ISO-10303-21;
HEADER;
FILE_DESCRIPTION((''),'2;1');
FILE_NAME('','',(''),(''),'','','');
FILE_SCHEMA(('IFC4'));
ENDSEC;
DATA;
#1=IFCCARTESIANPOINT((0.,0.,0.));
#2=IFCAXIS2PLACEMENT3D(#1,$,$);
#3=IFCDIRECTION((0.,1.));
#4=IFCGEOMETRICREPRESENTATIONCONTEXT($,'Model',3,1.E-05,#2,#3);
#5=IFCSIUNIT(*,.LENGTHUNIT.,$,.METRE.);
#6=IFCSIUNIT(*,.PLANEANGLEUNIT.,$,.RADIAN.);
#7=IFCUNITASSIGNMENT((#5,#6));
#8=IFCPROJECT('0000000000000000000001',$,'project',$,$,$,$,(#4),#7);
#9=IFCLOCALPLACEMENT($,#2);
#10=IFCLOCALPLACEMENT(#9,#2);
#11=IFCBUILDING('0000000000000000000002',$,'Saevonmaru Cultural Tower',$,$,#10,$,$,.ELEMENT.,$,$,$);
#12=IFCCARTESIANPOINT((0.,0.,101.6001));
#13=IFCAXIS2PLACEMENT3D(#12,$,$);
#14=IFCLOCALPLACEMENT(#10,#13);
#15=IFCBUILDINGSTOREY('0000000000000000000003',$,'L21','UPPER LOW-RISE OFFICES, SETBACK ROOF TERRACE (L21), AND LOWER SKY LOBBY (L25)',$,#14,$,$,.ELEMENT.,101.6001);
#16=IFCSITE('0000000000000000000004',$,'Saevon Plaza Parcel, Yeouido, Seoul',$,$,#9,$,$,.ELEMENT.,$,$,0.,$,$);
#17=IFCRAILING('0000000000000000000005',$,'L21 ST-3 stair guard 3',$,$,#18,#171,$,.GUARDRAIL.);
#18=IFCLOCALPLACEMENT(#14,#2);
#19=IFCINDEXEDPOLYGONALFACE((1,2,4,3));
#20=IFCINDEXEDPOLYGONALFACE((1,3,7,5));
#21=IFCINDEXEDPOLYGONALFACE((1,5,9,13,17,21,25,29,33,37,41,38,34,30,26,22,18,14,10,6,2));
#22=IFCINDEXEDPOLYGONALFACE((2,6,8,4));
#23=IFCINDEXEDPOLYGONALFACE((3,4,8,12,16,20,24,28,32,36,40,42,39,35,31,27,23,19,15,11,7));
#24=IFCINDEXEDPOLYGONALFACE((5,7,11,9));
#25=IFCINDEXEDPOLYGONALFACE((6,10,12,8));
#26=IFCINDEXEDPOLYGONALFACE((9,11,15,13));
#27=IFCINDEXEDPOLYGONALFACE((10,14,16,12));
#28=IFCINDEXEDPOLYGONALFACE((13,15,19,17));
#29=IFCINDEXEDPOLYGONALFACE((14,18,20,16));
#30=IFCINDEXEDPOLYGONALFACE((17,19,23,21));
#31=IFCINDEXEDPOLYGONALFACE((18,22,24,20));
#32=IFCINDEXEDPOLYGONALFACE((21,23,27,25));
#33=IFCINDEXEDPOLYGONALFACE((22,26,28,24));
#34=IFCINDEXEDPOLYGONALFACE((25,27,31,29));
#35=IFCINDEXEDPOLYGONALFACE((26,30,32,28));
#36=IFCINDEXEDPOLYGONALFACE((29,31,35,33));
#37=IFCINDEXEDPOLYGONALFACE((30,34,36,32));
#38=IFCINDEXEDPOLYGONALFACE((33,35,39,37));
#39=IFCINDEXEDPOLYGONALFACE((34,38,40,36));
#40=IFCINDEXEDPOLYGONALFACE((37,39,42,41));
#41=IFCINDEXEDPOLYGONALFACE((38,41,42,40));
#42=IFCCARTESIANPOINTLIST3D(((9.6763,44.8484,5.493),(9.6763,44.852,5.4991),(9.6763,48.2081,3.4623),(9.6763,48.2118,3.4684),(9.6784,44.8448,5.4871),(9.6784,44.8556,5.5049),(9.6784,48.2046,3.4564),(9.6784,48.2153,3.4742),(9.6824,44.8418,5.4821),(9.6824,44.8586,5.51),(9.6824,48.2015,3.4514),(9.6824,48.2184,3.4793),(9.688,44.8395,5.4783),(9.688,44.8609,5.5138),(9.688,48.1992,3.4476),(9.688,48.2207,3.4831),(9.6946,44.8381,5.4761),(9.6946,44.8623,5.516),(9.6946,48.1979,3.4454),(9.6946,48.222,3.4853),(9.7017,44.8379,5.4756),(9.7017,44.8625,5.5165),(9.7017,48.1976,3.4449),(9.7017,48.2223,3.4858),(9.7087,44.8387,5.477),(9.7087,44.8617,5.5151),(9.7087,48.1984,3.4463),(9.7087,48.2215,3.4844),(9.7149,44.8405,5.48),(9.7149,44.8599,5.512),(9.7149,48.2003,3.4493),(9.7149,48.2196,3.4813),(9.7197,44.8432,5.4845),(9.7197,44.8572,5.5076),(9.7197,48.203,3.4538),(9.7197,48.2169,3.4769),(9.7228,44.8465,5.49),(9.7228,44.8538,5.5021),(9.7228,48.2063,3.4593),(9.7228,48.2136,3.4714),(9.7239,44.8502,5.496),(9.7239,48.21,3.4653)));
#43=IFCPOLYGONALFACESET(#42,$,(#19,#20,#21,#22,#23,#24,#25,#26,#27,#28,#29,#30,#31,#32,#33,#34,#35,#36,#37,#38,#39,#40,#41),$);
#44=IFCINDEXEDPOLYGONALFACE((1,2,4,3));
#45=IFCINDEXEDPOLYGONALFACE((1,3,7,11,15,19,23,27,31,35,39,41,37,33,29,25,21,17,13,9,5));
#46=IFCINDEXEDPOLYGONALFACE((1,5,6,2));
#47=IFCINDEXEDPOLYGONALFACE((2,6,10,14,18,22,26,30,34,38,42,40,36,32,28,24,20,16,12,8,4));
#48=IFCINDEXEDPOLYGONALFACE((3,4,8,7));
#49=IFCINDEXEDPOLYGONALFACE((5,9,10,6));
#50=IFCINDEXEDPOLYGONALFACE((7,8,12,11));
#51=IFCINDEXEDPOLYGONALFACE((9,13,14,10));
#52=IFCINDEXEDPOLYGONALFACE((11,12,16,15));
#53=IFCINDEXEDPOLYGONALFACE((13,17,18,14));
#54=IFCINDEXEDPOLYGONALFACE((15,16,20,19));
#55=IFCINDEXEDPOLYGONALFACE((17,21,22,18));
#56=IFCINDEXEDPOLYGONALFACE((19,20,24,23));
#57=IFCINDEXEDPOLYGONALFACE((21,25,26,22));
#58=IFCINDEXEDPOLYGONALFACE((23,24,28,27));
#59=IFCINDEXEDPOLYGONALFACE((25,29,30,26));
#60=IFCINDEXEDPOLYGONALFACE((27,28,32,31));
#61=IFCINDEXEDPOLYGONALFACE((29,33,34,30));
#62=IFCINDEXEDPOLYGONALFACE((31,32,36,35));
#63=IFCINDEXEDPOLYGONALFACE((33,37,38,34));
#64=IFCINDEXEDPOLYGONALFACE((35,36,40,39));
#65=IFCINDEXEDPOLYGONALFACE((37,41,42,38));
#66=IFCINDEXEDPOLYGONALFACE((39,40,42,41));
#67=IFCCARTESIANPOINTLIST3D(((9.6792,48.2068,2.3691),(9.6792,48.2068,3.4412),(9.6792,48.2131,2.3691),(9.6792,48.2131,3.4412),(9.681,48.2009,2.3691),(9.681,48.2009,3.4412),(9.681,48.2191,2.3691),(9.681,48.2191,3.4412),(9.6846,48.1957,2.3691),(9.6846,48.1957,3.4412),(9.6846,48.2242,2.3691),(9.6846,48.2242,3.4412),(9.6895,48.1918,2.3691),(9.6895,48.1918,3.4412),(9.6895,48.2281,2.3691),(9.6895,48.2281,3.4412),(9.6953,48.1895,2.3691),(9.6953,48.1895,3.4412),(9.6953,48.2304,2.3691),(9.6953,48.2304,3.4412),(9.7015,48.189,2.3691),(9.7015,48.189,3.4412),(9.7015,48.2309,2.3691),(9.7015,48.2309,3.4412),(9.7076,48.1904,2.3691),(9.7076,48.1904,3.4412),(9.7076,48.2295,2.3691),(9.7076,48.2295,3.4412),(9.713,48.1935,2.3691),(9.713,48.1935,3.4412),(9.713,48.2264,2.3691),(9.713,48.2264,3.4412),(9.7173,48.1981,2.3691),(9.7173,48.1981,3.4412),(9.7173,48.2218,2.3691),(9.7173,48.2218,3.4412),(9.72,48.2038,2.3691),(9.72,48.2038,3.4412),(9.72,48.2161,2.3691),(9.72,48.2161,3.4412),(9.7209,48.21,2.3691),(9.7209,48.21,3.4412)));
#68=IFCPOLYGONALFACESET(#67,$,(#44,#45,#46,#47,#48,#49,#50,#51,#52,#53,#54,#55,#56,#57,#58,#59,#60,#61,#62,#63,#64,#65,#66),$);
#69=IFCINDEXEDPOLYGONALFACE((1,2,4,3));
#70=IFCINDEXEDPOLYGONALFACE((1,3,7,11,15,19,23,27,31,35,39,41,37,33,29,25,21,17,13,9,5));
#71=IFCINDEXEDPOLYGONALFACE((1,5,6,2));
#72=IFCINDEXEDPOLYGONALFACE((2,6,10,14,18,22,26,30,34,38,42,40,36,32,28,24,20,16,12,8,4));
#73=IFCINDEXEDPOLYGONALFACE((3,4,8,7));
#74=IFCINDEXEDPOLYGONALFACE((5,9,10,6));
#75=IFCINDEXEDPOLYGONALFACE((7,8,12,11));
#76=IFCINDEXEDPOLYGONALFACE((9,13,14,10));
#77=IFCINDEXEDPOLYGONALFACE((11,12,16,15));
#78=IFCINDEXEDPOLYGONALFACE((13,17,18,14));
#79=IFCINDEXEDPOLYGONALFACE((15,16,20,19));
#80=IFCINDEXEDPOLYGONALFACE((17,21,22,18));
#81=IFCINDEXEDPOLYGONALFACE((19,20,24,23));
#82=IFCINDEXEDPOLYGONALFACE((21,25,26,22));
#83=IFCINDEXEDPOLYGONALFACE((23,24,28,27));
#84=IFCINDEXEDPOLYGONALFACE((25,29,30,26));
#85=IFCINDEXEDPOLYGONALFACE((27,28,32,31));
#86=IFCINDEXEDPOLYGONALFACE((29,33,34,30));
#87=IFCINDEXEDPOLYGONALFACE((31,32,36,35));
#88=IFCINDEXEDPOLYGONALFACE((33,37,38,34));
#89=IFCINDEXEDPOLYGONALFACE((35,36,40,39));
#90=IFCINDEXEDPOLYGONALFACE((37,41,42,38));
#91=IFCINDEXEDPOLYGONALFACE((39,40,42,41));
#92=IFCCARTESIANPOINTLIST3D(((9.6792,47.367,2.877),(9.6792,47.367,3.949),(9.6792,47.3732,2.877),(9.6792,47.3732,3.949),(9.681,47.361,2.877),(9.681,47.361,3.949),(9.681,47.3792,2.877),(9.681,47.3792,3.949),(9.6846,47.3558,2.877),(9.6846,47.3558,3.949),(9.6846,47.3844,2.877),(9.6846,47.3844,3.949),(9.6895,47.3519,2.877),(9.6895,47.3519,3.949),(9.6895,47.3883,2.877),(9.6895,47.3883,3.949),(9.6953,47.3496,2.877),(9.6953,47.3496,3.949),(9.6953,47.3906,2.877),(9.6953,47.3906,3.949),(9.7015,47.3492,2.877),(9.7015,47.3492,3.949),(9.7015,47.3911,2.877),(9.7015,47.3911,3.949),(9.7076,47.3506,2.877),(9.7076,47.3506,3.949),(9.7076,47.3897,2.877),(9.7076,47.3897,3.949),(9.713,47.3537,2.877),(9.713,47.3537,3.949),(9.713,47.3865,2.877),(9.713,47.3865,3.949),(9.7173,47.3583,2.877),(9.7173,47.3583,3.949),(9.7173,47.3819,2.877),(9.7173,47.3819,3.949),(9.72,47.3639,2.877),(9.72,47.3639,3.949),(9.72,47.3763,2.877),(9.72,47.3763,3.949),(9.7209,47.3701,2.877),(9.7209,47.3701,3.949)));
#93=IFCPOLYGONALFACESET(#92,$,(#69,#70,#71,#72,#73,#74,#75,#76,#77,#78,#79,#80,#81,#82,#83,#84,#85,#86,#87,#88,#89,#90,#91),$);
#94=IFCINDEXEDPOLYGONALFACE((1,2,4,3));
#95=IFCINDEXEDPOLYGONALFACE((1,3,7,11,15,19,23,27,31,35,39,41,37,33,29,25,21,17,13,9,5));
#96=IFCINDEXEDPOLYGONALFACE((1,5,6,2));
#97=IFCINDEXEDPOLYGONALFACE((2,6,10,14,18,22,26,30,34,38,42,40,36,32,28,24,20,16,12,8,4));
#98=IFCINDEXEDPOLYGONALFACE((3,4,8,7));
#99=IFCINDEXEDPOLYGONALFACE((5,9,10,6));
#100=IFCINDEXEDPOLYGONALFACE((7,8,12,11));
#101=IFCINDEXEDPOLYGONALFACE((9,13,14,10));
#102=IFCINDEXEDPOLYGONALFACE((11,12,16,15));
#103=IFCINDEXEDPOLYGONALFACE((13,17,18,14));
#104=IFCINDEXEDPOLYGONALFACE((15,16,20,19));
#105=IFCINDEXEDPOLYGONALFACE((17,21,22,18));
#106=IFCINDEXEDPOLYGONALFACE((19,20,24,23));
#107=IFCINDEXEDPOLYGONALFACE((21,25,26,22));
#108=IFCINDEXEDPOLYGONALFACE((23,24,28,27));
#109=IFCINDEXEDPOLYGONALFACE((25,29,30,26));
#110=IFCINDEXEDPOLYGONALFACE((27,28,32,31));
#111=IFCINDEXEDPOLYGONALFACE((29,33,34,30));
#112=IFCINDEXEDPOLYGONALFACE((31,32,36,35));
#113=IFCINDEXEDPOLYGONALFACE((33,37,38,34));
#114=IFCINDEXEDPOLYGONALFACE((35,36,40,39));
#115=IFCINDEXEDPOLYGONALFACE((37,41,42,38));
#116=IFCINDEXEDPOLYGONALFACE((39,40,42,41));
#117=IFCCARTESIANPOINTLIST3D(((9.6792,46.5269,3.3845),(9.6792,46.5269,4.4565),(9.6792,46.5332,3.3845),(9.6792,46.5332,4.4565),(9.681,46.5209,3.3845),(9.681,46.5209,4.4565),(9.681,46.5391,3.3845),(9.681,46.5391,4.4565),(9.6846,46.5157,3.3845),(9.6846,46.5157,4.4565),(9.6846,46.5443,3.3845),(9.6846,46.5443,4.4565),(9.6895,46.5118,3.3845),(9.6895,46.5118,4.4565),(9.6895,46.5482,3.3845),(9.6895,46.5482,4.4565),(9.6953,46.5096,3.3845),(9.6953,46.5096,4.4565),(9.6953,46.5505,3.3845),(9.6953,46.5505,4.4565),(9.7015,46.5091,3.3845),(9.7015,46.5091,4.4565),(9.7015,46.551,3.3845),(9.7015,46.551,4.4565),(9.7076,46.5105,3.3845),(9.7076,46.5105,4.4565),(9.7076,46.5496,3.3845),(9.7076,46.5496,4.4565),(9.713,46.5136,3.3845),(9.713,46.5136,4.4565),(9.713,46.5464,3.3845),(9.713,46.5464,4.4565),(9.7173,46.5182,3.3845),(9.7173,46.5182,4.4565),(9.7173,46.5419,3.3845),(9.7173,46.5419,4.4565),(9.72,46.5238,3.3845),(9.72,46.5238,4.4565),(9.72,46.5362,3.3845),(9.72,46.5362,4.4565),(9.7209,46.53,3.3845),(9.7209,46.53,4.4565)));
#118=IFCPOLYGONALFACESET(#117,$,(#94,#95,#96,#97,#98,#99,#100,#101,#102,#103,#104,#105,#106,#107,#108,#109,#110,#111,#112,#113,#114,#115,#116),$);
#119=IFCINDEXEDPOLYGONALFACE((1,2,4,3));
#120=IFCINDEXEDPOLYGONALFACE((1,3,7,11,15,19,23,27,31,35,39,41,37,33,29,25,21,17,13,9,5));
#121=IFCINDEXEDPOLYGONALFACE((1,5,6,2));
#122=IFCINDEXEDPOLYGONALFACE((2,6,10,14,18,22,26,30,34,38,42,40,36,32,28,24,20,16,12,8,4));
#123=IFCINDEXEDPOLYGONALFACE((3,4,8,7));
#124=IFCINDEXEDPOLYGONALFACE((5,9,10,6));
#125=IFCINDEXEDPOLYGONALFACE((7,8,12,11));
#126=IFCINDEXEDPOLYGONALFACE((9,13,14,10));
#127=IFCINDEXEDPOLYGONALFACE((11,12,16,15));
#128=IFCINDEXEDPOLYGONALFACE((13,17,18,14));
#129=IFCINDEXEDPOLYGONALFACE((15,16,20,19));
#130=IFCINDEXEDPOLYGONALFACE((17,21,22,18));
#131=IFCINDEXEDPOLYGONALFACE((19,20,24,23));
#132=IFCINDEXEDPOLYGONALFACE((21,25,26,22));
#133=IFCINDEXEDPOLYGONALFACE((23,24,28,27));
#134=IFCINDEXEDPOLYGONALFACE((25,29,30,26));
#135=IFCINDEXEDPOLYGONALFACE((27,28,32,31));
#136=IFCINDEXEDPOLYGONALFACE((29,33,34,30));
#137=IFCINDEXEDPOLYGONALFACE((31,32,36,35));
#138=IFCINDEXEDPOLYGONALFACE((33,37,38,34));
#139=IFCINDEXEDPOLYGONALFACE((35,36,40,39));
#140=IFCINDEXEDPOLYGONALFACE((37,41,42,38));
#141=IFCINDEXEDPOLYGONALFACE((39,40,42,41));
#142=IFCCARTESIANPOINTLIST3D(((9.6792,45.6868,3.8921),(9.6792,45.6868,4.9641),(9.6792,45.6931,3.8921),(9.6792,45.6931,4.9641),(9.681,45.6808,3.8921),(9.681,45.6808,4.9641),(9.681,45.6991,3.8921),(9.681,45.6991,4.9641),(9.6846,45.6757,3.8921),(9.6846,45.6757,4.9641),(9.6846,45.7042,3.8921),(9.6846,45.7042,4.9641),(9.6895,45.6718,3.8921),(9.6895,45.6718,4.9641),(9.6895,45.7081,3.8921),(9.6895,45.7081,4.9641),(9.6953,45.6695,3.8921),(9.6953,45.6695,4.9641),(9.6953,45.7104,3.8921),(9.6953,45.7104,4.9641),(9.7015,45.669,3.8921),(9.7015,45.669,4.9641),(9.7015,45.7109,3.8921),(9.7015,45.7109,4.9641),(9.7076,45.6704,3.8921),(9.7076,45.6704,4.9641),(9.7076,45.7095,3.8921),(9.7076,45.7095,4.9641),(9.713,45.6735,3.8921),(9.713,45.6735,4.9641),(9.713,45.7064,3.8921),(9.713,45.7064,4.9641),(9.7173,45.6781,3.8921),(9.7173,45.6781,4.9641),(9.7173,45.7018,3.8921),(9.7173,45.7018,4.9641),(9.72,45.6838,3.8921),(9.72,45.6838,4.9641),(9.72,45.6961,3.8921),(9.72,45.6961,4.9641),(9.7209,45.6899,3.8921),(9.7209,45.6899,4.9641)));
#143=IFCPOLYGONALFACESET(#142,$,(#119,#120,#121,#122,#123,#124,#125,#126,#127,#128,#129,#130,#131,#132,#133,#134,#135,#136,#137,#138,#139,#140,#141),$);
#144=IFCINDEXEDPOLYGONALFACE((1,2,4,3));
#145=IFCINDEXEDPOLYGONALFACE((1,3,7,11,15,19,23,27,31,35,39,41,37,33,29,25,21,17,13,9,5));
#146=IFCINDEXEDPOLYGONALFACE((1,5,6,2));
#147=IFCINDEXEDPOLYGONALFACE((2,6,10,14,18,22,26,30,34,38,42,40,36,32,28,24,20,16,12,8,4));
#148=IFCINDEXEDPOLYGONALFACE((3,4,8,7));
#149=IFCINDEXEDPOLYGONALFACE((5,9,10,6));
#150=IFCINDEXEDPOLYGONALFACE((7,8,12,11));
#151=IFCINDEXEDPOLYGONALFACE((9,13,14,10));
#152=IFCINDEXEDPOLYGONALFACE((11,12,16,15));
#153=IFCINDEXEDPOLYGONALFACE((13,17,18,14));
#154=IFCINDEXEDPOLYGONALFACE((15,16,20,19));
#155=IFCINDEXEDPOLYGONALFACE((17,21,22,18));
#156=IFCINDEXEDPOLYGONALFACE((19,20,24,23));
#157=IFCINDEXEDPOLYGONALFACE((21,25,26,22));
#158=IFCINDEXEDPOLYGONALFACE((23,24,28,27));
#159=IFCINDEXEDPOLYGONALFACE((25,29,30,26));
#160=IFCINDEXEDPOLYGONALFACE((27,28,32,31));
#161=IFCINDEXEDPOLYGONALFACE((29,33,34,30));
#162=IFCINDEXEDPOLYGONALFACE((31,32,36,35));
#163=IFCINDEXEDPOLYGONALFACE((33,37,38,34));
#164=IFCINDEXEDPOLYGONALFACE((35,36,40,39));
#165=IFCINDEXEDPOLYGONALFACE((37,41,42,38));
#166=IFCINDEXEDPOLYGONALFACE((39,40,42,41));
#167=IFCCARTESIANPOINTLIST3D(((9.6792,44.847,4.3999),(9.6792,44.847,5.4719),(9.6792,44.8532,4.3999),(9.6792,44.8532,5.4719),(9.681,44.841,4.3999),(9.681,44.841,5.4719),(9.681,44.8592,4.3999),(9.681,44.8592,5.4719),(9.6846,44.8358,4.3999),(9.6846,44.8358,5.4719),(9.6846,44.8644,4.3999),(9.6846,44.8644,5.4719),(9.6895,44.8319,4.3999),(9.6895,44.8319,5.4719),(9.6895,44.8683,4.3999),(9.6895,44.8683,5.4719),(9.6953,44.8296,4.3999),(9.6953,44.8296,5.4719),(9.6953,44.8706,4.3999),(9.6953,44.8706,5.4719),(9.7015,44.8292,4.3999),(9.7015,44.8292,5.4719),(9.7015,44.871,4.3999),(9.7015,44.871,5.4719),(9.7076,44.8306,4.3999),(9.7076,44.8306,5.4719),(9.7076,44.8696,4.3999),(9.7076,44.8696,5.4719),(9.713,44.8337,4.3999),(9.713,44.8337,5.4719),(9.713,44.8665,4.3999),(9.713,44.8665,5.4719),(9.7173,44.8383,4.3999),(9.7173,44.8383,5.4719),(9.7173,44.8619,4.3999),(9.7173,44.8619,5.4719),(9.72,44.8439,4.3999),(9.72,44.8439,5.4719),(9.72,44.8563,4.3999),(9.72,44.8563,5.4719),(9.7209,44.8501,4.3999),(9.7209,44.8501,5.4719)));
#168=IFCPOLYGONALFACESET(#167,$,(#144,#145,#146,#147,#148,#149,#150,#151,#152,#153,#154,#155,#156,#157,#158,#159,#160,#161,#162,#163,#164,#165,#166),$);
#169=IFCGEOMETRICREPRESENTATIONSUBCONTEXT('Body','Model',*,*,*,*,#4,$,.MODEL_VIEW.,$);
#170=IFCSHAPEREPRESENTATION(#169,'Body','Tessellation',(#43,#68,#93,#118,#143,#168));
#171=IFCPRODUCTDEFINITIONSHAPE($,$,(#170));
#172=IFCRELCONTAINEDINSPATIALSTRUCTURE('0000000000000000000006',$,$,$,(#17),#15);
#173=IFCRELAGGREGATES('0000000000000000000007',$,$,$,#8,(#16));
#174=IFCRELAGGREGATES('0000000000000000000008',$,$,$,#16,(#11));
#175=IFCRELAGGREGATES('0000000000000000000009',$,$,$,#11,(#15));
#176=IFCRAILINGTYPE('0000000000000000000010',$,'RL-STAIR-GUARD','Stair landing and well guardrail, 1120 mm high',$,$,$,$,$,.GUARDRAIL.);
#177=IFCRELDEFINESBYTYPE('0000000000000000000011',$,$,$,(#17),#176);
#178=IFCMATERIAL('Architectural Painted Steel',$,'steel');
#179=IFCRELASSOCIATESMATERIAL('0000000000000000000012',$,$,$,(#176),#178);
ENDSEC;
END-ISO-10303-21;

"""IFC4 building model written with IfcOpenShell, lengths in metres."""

from ifc_helpers import new_model, si_unit, direction, frame, origin, origin_2d, place, context, subcontext, project, spatial, circle, extrude, material, type_object, element, save


model = new_model("IFC4")

# Units and contexts
model_context = context("Model", 3, precision=1e-05, world=origin(), true_north=direction((0.0, 1.0)))
body_context = subcontext(model_context, "Body", "Model", "MODEL_VIEW")
ifc_project = project(units=[si_unit("LENGTHUNIT", "METRE"), si_unit("PLANEANGLEUNIT", "RADIAN")], contexts=[model_context])

# Site, building, storey
site_placement = place(None, origin())
site = spatial("IfcSite", under=ifc_project, at=site_placement, Name="Saevon Plaza Parcel, Yeouido, Seoul", CompositionType="ELEMENT", RefElevation=0.0)
building_placement = place(site_placement, origin())
building = spatial("IfcBuilding", under=site, at=building_placement, Name="Saevonmaru Cultural Tower", CompositionType="ELEMENT")
storey_placement = place(building_placement, frame((0.0, 0.0, 101.6001)))
storey = spatial("IfcBuildingStorey", under=building, at=storey_placement, Name="L21", Description="UPPER LOW-RISE OFFICES, SETBACK ROOF TERRACE (L21), AND LOWER SKY LOBBY (L25)", CompositionType="ELEMENT", Elevation=101.6001)

# Railing
ifc_material_1 = material(Name="Architectural Painted Steel", Category="steel")
railing_type_1 = type_object("IfcRailingType", Name="RL-STAIR-GUARD", Description="Stair landing and well guardrail, 1120 mm high", PredefinedType="GUARDRAIL", material=ifc_material_1)
railing_1_placement = place(storey_placement, frame((9.7, 48.21, 2.3691)))
element("IfcRailing", 1, at=railing_1_placement, inside=storey, type_object=railing_type_1, Name="L21 ST-3 stair guard 3", PredefinedType="GUARDRAIL", context=body_context, shape_type="SweptSolid", body=[
    extrude(circle(Radius=0.0239, at=origin_2d()), frame((0.0, 0.0, 1.0962), z_axis=(0.0, -0.85582, 0.517273), x_axis=(1.0, 0.0, 0.0)), (0.0, 0.0, 1.0), 3.9258),
    extrude(circle(Radius=0.021, at=origin_2d()), origin(), (0.0, 0.0, 1.0), 1.072),
    extrude(circle(Radius=0.021, at=origin_2d()), frame((0.0, -0.8398, 0.5078)), (0.0, 0.0, 1.0), 1.072),
    extrude(circle(Radius=0.021, at=origin_2d()), frame((0.0, -1.6799, 1.0154)), (0.0, 0.0, 1.0), 1.072),
    extrude(circle(Radius=0.021, at=origin_2d()), frame((0.0, -2.52, 1.5229)), (0.0, 0.0, 1.0), 1.072),
    extrude(circle(Radius=0.021, at=origin_2d()), frame((0.0, -3.3599, 2.0308)), (0.0, 0.0, 1.0), 1.072),
])

save(model, "model.ifc")
